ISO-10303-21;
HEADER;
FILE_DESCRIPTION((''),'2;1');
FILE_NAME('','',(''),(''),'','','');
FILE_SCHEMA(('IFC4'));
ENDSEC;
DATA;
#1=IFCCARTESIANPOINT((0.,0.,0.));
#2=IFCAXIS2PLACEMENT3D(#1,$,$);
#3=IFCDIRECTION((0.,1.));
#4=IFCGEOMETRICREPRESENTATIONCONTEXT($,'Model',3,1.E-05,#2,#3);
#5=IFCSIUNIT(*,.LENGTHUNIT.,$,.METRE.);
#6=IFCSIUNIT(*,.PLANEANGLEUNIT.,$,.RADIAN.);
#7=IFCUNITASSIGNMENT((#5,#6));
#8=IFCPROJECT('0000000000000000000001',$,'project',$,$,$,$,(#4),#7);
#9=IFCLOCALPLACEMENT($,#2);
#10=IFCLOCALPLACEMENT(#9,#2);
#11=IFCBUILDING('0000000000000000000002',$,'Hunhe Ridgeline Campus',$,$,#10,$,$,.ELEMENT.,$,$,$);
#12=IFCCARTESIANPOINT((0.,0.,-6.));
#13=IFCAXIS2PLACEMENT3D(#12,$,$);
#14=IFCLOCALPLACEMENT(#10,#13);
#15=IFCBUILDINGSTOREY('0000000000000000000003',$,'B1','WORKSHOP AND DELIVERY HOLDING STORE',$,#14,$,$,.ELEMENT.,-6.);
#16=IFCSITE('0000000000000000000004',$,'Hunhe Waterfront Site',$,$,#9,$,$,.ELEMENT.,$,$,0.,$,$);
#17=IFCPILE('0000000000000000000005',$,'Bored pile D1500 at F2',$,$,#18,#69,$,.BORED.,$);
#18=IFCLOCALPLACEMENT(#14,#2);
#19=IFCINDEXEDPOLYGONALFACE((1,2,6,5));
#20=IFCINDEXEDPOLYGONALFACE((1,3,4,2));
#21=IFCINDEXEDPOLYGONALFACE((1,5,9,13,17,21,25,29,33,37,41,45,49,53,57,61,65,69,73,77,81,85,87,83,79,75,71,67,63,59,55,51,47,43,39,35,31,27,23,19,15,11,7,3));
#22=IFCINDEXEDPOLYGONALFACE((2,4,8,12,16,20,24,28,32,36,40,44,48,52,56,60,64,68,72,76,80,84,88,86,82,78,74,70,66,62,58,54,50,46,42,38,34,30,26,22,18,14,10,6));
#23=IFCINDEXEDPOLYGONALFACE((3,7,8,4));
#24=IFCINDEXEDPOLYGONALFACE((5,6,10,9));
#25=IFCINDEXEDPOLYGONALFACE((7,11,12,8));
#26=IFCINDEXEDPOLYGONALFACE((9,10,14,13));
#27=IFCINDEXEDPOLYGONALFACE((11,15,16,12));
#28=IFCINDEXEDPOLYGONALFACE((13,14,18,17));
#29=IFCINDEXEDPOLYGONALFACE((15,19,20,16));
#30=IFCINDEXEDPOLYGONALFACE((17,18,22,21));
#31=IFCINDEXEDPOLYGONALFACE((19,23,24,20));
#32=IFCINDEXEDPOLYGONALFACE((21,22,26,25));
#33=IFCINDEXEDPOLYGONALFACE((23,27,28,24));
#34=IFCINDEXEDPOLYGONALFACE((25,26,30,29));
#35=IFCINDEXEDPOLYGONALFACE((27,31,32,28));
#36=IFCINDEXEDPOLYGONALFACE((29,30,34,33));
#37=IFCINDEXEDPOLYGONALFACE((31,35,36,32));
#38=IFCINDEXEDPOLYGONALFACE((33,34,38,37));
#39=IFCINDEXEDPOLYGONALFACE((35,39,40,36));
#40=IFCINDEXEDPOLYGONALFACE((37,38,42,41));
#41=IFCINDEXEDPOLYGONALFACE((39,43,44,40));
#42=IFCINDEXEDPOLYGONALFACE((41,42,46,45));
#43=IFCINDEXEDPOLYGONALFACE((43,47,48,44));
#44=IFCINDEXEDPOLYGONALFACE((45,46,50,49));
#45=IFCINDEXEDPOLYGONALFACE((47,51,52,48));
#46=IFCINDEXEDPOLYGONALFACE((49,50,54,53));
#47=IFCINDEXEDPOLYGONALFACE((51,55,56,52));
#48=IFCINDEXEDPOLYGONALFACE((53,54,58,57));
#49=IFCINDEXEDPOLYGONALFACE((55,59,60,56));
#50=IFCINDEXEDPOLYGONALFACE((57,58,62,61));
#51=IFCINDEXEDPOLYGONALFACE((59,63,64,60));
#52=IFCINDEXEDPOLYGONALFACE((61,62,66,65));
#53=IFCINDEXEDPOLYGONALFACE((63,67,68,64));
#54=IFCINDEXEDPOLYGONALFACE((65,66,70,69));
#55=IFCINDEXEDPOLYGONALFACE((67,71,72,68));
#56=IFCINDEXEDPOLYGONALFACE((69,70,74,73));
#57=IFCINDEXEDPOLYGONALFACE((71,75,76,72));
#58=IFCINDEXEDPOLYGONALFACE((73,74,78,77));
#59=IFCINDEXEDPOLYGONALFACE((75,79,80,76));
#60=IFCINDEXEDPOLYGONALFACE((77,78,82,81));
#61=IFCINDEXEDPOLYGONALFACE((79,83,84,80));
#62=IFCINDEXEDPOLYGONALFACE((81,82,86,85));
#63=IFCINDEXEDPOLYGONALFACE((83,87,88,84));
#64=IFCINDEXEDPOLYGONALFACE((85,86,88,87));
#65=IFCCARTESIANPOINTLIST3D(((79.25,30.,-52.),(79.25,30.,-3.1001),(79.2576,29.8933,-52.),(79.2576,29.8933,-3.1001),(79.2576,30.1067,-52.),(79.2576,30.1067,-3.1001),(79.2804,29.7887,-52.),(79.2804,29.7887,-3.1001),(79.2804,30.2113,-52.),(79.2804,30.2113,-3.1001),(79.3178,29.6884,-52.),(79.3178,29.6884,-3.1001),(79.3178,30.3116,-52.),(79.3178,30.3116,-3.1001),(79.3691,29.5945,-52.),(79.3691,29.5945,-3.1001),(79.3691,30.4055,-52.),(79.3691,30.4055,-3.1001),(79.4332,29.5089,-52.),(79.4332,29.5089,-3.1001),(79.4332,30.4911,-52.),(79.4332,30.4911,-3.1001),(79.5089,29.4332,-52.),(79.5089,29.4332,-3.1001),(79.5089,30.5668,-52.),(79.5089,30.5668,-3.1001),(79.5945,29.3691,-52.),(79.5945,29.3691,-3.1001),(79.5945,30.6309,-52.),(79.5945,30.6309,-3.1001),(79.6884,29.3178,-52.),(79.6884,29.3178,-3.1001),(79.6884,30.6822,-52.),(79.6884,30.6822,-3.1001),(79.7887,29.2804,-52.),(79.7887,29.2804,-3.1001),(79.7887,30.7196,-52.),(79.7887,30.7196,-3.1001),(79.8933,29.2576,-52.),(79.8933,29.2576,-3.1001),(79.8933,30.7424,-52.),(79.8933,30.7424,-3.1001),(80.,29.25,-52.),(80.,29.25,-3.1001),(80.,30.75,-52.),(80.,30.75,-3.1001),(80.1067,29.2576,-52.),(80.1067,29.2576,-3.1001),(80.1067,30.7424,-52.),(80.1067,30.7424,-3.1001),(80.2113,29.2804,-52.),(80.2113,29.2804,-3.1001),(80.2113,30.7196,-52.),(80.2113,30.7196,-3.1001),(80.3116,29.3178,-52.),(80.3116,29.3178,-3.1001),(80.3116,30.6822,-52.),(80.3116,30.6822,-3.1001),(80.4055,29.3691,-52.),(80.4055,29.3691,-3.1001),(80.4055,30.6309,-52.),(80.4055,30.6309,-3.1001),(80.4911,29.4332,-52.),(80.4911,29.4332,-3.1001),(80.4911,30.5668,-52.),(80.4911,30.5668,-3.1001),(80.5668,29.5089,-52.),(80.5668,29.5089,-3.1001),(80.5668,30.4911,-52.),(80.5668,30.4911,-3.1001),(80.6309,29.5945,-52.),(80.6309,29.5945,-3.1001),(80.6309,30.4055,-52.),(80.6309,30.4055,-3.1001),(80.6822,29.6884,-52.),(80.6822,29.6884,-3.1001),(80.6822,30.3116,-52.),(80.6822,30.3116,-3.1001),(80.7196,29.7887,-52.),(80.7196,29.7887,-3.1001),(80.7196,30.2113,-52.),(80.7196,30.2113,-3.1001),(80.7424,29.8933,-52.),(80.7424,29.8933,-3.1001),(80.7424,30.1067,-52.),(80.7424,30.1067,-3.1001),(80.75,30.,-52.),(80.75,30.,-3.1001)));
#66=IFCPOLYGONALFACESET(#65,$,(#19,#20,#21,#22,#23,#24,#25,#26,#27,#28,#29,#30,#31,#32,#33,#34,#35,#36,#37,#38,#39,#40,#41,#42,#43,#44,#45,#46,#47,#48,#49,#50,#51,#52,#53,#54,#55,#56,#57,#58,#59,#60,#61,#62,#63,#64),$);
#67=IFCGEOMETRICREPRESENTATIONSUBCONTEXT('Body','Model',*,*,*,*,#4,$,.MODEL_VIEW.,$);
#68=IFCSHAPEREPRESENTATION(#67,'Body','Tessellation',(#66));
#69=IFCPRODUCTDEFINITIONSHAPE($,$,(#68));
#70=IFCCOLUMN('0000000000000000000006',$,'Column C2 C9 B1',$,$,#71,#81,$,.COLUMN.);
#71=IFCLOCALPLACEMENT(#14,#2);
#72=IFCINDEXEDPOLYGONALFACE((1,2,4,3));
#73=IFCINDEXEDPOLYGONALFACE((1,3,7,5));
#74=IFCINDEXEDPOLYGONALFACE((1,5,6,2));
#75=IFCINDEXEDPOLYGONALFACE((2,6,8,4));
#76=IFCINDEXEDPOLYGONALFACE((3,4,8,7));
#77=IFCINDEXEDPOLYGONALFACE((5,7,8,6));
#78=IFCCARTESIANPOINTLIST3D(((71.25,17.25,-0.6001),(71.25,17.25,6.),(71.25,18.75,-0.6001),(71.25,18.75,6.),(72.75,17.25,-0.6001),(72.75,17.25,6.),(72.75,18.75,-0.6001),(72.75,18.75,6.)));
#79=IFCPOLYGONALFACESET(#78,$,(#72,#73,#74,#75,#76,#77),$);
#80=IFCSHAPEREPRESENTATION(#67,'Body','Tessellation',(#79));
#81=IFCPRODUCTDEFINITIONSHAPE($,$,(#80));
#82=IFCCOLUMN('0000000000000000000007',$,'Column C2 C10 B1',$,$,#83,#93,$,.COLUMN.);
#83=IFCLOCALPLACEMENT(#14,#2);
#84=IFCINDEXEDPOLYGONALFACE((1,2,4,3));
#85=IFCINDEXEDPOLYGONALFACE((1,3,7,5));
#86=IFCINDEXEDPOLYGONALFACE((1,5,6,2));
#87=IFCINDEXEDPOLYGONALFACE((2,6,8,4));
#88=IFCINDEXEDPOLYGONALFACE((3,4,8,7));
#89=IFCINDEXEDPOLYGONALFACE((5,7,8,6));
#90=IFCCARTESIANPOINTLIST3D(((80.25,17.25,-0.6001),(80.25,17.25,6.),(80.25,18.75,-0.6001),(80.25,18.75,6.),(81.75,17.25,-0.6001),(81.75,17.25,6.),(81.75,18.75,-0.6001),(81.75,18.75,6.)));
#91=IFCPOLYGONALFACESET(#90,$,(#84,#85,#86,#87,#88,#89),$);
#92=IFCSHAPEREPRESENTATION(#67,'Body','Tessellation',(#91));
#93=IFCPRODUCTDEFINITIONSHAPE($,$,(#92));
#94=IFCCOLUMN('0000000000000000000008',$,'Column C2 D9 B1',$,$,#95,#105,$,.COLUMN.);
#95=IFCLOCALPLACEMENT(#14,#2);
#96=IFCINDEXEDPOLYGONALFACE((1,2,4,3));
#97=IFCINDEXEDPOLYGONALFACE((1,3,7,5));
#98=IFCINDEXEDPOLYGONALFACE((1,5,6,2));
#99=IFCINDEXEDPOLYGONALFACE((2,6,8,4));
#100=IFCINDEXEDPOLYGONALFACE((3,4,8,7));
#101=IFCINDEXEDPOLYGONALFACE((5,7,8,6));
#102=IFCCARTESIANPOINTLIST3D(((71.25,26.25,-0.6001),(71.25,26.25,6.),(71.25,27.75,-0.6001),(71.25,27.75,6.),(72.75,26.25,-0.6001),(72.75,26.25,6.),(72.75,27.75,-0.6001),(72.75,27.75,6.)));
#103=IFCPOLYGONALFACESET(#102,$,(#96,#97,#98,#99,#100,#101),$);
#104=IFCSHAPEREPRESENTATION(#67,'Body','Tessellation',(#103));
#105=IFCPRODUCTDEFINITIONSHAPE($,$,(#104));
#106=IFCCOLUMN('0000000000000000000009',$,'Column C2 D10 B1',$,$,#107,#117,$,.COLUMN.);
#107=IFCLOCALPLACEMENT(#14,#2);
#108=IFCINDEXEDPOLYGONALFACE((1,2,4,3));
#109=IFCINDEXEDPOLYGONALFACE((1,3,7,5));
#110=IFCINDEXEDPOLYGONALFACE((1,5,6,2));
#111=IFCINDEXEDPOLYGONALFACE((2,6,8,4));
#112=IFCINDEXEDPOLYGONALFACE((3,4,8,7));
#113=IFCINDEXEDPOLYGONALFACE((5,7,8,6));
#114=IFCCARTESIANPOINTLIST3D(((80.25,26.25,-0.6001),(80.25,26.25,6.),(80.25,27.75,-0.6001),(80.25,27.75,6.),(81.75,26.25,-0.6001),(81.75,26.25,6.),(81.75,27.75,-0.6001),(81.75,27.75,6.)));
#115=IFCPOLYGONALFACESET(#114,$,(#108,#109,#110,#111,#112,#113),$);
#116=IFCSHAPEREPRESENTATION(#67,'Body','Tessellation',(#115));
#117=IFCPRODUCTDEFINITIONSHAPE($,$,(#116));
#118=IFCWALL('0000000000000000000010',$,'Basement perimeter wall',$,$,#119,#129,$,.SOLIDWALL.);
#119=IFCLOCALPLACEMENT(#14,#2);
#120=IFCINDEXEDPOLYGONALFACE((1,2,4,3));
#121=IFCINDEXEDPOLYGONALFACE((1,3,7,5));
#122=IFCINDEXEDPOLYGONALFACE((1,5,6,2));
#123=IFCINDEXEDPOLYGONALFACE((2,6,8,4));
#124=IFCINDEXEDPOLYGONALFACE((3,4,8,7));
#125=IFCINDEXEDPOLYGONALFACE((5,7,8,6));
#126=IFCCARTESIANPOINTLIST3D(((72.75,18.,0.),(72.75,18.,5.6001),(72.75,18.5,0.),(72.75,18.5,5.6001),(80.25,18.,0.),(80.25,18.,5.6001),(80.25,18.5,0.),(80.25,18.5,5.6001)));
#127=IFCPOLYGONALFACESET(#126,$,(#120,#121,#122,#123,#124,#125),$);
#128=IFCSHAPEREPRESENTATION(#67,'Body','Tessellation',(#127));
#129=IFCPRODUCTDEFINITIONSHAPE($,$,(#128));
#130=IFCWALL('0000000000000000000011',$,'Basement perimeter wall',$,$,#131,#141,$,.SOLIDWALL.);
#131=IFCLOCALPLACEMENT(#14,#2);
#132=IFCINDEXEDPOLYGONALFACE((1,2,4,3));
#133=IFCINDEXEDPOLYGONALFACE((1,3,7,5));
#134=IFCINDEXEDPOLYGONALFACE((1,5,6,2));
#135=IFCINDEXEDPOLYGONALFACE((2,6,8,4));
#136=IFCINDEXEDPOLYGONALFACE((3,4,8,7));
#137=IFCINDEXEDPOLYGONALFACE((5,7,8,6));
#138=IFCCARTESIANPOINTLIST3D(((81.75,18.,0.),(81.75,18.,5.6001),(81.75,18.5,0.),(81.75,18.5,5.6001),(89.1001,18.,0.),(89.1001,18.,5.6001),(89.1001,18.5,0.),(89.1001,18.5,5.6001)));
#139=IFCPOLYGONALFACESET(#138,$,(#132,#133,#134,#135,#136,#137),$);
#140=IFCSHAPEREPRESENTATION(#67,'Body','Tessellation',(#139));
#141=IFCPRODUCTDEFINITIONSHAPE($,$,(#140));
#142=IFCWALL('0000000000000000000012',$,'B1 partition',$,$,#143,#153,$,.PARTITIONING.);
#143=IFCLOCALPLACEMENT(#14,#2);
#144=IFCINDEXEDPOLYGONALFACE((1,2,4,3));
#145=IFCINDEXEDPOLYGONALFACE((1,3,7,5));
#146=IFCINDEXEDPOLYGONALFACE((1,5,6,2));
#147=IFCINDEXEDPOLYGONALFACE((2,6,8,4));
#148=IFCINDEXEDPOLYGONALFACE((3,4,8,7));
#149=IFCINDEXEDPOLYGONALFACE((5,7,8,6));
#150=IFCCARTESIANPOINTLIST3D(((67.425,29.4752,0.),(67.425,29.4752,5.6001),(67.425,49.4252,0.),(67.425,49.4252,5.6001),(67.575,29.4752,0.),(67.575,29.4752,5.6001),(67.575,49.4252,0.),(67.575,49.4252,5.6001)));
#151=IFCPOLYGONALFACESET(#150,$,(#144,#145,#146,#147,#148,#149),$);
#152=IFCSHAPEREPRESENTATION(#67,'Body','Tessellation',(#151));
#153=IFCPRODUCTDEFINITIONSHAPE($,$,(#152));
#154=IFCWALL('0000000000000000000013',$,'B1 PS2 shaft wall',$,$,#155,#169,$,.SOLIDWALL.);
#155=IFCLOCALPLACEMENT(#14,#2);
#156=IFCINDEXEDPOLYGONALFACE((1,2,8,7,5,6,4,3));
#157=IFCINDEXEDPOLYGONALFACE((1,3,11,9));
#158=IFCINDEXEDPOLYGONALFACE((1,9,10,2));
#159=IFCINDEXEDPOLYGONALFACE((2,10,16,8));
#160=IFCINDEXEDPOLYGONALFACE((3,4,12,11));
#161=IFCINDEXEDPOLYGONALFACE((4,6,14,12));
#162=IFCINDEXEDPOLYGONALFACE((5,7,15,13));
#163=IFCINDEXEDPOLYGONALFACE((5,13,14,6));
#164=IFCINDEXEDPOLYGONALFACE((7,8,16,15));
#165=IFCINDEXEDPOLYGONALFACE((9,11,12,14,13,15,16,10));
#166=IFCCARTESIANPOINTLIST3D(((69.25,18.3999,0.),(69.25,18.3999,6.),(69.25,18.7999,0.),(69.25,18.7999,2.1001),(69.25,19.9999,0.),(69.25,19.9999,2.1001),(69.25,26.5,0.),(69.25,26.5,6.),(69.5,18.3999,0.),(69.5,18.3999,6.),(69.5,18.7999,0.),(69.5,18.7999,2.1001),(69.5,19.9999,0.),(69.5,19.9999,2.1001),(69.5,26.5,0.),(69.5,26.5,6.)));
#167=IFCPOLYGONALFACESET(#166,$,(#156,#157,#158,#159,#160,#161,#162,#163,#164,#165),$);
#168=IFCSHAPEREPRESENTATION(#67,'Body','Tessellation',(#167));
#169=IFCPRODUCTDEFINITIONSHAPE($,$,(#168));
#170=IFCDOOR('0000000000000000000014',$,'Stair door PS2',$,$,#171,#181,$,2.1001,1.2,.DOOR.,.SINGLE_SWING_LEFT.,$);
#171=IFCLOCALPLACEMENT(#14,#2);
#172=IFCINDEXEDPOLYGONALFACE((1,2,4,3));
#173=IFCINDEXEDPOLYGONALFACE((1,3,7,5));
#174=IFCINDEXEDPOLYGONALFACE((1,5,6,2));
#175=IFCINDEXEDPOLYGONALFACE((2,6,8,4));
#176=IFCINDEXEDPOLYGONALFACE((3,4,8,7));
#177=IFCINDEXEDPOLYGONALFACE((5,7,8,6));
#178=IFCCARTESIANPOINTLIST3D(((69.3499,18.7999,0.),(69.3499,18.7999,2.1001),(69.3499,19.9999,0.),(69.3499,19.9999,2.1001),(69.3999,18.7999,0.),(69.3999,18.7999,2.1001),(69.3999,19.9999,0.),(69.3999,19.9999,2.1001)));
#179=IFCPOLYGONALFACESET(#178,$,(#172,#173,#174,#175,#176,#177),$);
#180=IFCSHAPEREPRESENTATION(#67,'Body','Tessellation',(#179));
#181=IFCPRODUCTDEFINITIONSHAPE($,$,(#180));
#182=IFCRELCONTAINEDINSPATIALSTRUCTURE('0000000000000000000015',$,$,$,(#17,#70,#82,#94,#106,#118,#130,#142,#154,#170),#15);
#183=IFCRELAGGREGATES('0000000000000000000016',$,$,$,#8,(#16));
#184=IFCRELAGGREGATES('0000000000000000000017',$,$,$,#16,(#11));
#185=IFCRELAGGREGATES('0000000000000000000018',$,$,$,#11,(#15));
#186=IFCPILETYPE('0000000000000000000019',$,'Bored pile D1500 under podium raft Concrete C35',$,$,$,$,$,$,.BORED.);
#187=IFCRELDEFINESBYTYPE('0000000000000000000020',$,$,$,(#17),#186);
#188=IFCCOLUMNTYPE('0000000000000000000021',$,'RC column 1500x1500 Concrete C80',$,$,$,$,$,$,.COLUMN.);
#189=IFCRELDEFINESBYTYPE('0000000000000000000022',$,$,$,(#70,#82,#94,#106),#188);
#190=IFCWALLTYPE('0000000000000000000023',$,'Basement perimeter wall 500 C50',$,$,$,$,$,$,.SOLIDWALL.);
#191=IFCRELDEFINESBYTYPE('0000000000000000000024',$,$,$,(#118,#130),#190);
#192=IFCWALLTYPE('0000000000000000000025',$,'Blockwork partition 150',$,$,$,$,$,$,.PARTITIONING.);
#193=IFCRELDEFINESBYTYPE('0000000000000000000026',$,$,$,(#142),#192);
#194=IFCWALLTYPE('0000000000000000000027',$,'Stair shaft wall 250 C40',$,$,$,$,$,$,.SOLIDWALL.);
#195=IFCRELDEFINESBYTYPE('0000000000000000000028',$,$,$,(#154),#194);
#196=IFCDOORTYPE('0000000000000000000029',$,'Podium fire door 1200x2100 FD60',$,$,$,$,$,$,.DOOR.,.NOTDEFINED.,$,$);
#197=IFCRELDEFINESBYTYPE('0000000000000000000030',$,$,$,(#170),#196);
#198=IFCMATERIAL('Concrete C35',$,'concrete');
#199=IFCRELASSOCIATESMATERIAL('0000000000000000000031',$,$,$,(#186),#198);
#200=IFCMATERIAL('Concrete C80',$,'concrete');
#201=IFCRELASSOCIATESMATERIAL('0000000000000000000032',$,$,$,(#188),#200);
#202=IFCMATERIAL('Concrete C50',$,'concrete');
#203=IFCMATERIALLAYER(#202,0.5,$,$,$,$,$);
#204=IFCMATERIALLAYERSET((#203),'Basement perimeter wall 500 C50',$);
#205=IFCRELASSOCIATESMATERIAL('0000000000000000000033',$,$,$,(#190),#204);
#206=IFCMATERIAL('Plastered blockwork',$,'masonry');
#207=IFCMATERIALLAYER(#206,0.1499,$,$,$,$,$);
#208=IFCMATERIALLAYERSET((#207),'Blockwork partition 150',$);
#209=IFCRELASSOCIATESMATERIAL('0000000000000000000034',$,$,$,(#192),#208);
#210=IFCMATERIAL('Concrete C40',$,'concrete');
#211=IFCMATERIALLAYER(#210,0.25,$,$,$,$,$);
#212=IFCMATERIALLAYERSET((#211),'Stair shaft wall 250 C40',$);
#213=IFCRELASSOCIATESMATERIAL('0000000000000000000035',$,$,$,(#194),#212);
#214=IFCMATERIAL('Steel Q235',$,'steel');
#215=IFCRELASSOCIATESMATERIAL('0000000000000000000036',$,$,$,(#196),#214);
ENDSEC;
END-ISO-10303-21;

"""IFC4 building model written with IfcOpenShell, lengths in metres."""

from ifc_helpers import new_model, si_unit, direction, frame, frame_2d, origin, origin_2d, place, context, subcontext, project, spatial, rectangle, circle, extrude, material, layer, layer_set, material_profile, profile_set, type_object, element, fill, save


model = new_model("IFC4")

# Units and contexts
model_context = context("Model", 3, precision=1e-05, world=origin(), true_north=direction((0.0, 1.0)))
body_context = subcontext(model_context, "Body", "Model", "MODEL_VIEW")
ifc_project = project(units=[si_unit("LENGTHUNIT", "METRE"), si_unit("PLANEANGLEUNIT", "RADIAN")], contexts=[model_context])

# Site, building, storey
site_placement = place(None, origin())
site = spatial("IfcSite", under=ifc_project, at=site_placement, Name="Hunhe Waterfront Site", CompositionType="ELEMENT", RefElevation=0.0)
building_placement = place(site_placement, origin())
building = spatial("IfcBuilding", under=site, at=building_placement, Name="Hunhe Ridgeline Campus", CompositionType="ELEMENT")
storey_placement = place(building_placement, frame((0.0, 0.0, -6.0)))
storey = spatial("IfcBuildingStorey", under=building, at=storey_placement, Name="B1", Description="WORKSHOP AND DELIVERY HOLDING STORE", CompositionType="ELEMENT", Elevation=-6.0)

# Pile
ifc_material_1 = material(Name="Concrete C35", Category="concrete")
ifc_material_profile_1 = material_profile(ifc_material_1, circle(Radius=0.75, at=origin_2d()))
ifc_profile_set_1 = profile_set([ifc_material_profile_1], Name="Concrete C35")
pile_type = type_object("IfcPileType", Name="Bored pile D1500 under podium raft Concrete C35", PredefinedType="BORED", material=ifc_profile_set_1)
for number, where, z_axis, x_axis, name in (
    (1, (80.0, 30.0, -3.1001), (0.0, 0.0, -1.0), (1.0, 0.0, 0.0), "Bored pile D1500 at F2"),
):
    element("IfcPile", number, at=place(storey_placement, frame(where, z_axis=z_axis, x_axis=x_axis)), inside=storey, type_object=pile_type, Name=name, PredefinedType="BORED", context=body_context, shape_type="SweptSolid", body=[
        extrude(circle(Radius=0.75, at=origin_2d()), origin(), (0.0, 0.0, 1.0), 48.8999),
    ])

# Columns
ifc_material_2 = material(Name="Concrete C80", Category="concrete")
ifc_material_profile_2 = material_profile(ifc_material_2, rectangle(XDim=1.5, YDim=1.5, at=origin_2d()))
ifc_profile_set_2 = profile_set([ifc_material_profile_2], Name="Concrete C80")
column_type = type_object("IfcColumnType", Name="RC column 1500x1500 Concrete C80", PredefinedType="COLUMN", material=ifc_profile_set_2)
for number, where, z_axis, x_axis, name in (
    (2, (72.0, 18.0, -0.6001), (0.0, 0.0, 1.0), (1.0, 0.0, 0.0), "Column C2 C9 B1"),
    (3, (81.0, 18.0, -0.6001), (0.0, 0.0, 1.0), (1.0, 0.0, 0.0), "Column C2 C10 B1"),
    (4, (72.0, 27.0, -0.6001), (0.0, 0.0, 1.0), (1.0, 0.0, 0.0), "Column C2 D9 B1"),
    (5, (81.0, 27.0, -0.6001), (0.0, 0.0, 1.0), (1.0, 0.0, 0.0), "Column C2 D10 B1"),
):
    element("IfcColumn", number, at=place(storey_placement, frame(where, z_axis=z_axis, x_axis=x_axis)), inside=storey, type_object=column_type, Name=name, PredefinedType="COLUMN", context=body_context, shape_type="SweptSolid", body=[
        extrude(rectangle(XDim=1.5, YDim=1.5, at=origin_2d()), origin(), (0.0, 0.0, 1.0), 6.6001),
    ])

# Walls
ifc_material_3 = material(Name="Concrete C50", Category="concrete")
ifc_layer_1 = layer(ifc_material_3, 0.5)
ifc_layer_set_1 = layer_set([ifc_layer_1], Name="Basement perimeter wall 500 C50")
wall_type_1 = type_object("IfcWallType", Name="Basement perimeter wall 500 C50", PredefinedType="SOLIDWALL", material=ifc_layer_set_1)
wall_1_placement = place(storey_placement, frame((72.75, 18.25, 0.0), z_axis=(0.0, 0.0, 1.0), x_axis=(1.0, 0.0, 0.0)))
element("IfcWall", 6, at=wall_1_placement, inside=storey, type_object=wall_type_1, Name="Basement perimeter wall", PredefinedType="SOLIDWALL", context=body_context, shape_type="SweptSolid", body=[
    extrude(rectangle(XDim=7.5, YDim=0.5, at=frame_2d((3.75, 0.0))), origin(), (0.0, 0.0, 1.0), 5.6001),
])
wall_2_placement = place(storey_placement, frame((81.75, 18.25, 0.0), z_axis=(0.0, 0.0, 1.0), x_axis=(1.0, 0.0, 0.0)))
element("IfcWall", 7, at=wall_2_placement, inside=storey, type_object=wall_type_1, Name="Basement perimeter wall", PredefinedType="SOLIDWALL", context=body_context, shape_type="SweptSolid", body=[
    extrude(rectangle(XDim=7.3501, YDim=0.5, at=frame_2d((3.675, 0.0))), origin(), (0.0, 0.0, 1.0), 5.6001),
])
ifc_material_4 = material(Name="Plastered blockwork", Category="masonry")
ifc_layer_2 = layer(ifc_material_4, 0.1499)
ifc_layer_set_2 = layer_set([ifc_layer_2], Name="Blockwork partition 150")
wall_type_2 = type_object("IfcWallType", Name="Blockwork partition 150", PredefinedType="PARTITIONING", material=ifc_layer_set_2)
wall_3_placement = place(storey_placement, frame((67.5, 29.4751, 0.0), z_axis=(0.0, 0.0, 1.0), x_axis=(0.0, 1.0, 0.0)))
element("IfcWall", 8, at=wall_3_placement, inside=storey, type_object=wall_type_2, Name="B1 partition", PredefinedType="PARTITIONING", context=body_context, shape_type="SweptSolid", body=[
    extrude(rectangle(XDim=19.95, YDim=0.1499, at=frame_2d((9.9751, 0.0))), origin(), (0.0, 0.0, 1.0), 5.6001),
])

# Wall, opening, door
ifc_material_5 = material(Name="Concrete C40", Category="concrete")
ifc_layer_3 = layer(ifc_material_5, 0.25)
ifc_layer_set_3 = layer_set([ifc_layer_3], Name="Stair shaft wall 250 C40")
wall_type_3 = type_object("IfcWallType", Name="Stair shaft wall 250 C40", PredefinedType="SOLIDWALL", material=ifc_layer_set_3)
wall_4_placement = place(storey_placement, frame((69.375, 26.5, 0.0), z_axis=(0.0, 0.0, 1.0), x_axis=(0.0, -1.0, 0.0)))
wall_4 = element("IfcWall", 9, at=wall_4_placement, inside=storey, type_object=wall_type_3, Name="B1 PS2 shaft wall", PredefinedType="SOLIDWALL", context=body_context, shape_type="SweptSolid", body=[
    extrude(rectangle(XDim=8.1001, YDim=0.25, at=frame_2d((4.05, 0.0))), origin(), (0.0, 0.0, 1.0), 6.0),
])
opening_placement = place(wall_4_placement, frame((6.5, 0.0, 0.0)))
opening = element("IfcOpeningElement", 10, at=opening_placement, cuts=wall_4, PredefinedType="OPENING", context=body_context, shape_type="SweptSolid", body=[
    extrude(rectangle(XDim=1.2, YDim=2.1001, at=frame_2d((0.6001, 1.05))), frame((0.0, 0.125, 0.0), z_axis=(0.0, -1.0, 0.0), x_axis=(1.0, 0.0, 0.0)), (0.0, 0.0, 1.0), 0.25),
])
ifc_material_6 = material(Name="Steel Q235", Category="steel")
door_type = type_object("IfcDoorType", Name="Podium fire door 1200x2100 FD60", OperationType="NOTDEFINED", PredefinedType="DOOR", material=ifc_material_6)
door_placement = place(opening_placement, origin())
door = element("IfcDoor", 11, at=door_placement, inside=storey, type_object=door_type, Name="Stair door PS2", OperationType="SINGLE_SWING_LEFT", OverallHeight=2.1001, OverallWidth=1.2, PredefinedType="DOOR", context=body_context, shape_type="SweptSolid", body=[
    extrude(rectangle(XDim=1.2, YDim=2.1001, at=frame_2d((0.6001, 1.05))), frame((0.0, 0.0249, 0.0), z_axis=(0.0, -1.0, 0.0), x_axis=(1.0, 0.0, 0.0)), (0.0, 0.0, 1.0), 0.05),
])
fill(opening, door)

save(model, "model.ifc")
